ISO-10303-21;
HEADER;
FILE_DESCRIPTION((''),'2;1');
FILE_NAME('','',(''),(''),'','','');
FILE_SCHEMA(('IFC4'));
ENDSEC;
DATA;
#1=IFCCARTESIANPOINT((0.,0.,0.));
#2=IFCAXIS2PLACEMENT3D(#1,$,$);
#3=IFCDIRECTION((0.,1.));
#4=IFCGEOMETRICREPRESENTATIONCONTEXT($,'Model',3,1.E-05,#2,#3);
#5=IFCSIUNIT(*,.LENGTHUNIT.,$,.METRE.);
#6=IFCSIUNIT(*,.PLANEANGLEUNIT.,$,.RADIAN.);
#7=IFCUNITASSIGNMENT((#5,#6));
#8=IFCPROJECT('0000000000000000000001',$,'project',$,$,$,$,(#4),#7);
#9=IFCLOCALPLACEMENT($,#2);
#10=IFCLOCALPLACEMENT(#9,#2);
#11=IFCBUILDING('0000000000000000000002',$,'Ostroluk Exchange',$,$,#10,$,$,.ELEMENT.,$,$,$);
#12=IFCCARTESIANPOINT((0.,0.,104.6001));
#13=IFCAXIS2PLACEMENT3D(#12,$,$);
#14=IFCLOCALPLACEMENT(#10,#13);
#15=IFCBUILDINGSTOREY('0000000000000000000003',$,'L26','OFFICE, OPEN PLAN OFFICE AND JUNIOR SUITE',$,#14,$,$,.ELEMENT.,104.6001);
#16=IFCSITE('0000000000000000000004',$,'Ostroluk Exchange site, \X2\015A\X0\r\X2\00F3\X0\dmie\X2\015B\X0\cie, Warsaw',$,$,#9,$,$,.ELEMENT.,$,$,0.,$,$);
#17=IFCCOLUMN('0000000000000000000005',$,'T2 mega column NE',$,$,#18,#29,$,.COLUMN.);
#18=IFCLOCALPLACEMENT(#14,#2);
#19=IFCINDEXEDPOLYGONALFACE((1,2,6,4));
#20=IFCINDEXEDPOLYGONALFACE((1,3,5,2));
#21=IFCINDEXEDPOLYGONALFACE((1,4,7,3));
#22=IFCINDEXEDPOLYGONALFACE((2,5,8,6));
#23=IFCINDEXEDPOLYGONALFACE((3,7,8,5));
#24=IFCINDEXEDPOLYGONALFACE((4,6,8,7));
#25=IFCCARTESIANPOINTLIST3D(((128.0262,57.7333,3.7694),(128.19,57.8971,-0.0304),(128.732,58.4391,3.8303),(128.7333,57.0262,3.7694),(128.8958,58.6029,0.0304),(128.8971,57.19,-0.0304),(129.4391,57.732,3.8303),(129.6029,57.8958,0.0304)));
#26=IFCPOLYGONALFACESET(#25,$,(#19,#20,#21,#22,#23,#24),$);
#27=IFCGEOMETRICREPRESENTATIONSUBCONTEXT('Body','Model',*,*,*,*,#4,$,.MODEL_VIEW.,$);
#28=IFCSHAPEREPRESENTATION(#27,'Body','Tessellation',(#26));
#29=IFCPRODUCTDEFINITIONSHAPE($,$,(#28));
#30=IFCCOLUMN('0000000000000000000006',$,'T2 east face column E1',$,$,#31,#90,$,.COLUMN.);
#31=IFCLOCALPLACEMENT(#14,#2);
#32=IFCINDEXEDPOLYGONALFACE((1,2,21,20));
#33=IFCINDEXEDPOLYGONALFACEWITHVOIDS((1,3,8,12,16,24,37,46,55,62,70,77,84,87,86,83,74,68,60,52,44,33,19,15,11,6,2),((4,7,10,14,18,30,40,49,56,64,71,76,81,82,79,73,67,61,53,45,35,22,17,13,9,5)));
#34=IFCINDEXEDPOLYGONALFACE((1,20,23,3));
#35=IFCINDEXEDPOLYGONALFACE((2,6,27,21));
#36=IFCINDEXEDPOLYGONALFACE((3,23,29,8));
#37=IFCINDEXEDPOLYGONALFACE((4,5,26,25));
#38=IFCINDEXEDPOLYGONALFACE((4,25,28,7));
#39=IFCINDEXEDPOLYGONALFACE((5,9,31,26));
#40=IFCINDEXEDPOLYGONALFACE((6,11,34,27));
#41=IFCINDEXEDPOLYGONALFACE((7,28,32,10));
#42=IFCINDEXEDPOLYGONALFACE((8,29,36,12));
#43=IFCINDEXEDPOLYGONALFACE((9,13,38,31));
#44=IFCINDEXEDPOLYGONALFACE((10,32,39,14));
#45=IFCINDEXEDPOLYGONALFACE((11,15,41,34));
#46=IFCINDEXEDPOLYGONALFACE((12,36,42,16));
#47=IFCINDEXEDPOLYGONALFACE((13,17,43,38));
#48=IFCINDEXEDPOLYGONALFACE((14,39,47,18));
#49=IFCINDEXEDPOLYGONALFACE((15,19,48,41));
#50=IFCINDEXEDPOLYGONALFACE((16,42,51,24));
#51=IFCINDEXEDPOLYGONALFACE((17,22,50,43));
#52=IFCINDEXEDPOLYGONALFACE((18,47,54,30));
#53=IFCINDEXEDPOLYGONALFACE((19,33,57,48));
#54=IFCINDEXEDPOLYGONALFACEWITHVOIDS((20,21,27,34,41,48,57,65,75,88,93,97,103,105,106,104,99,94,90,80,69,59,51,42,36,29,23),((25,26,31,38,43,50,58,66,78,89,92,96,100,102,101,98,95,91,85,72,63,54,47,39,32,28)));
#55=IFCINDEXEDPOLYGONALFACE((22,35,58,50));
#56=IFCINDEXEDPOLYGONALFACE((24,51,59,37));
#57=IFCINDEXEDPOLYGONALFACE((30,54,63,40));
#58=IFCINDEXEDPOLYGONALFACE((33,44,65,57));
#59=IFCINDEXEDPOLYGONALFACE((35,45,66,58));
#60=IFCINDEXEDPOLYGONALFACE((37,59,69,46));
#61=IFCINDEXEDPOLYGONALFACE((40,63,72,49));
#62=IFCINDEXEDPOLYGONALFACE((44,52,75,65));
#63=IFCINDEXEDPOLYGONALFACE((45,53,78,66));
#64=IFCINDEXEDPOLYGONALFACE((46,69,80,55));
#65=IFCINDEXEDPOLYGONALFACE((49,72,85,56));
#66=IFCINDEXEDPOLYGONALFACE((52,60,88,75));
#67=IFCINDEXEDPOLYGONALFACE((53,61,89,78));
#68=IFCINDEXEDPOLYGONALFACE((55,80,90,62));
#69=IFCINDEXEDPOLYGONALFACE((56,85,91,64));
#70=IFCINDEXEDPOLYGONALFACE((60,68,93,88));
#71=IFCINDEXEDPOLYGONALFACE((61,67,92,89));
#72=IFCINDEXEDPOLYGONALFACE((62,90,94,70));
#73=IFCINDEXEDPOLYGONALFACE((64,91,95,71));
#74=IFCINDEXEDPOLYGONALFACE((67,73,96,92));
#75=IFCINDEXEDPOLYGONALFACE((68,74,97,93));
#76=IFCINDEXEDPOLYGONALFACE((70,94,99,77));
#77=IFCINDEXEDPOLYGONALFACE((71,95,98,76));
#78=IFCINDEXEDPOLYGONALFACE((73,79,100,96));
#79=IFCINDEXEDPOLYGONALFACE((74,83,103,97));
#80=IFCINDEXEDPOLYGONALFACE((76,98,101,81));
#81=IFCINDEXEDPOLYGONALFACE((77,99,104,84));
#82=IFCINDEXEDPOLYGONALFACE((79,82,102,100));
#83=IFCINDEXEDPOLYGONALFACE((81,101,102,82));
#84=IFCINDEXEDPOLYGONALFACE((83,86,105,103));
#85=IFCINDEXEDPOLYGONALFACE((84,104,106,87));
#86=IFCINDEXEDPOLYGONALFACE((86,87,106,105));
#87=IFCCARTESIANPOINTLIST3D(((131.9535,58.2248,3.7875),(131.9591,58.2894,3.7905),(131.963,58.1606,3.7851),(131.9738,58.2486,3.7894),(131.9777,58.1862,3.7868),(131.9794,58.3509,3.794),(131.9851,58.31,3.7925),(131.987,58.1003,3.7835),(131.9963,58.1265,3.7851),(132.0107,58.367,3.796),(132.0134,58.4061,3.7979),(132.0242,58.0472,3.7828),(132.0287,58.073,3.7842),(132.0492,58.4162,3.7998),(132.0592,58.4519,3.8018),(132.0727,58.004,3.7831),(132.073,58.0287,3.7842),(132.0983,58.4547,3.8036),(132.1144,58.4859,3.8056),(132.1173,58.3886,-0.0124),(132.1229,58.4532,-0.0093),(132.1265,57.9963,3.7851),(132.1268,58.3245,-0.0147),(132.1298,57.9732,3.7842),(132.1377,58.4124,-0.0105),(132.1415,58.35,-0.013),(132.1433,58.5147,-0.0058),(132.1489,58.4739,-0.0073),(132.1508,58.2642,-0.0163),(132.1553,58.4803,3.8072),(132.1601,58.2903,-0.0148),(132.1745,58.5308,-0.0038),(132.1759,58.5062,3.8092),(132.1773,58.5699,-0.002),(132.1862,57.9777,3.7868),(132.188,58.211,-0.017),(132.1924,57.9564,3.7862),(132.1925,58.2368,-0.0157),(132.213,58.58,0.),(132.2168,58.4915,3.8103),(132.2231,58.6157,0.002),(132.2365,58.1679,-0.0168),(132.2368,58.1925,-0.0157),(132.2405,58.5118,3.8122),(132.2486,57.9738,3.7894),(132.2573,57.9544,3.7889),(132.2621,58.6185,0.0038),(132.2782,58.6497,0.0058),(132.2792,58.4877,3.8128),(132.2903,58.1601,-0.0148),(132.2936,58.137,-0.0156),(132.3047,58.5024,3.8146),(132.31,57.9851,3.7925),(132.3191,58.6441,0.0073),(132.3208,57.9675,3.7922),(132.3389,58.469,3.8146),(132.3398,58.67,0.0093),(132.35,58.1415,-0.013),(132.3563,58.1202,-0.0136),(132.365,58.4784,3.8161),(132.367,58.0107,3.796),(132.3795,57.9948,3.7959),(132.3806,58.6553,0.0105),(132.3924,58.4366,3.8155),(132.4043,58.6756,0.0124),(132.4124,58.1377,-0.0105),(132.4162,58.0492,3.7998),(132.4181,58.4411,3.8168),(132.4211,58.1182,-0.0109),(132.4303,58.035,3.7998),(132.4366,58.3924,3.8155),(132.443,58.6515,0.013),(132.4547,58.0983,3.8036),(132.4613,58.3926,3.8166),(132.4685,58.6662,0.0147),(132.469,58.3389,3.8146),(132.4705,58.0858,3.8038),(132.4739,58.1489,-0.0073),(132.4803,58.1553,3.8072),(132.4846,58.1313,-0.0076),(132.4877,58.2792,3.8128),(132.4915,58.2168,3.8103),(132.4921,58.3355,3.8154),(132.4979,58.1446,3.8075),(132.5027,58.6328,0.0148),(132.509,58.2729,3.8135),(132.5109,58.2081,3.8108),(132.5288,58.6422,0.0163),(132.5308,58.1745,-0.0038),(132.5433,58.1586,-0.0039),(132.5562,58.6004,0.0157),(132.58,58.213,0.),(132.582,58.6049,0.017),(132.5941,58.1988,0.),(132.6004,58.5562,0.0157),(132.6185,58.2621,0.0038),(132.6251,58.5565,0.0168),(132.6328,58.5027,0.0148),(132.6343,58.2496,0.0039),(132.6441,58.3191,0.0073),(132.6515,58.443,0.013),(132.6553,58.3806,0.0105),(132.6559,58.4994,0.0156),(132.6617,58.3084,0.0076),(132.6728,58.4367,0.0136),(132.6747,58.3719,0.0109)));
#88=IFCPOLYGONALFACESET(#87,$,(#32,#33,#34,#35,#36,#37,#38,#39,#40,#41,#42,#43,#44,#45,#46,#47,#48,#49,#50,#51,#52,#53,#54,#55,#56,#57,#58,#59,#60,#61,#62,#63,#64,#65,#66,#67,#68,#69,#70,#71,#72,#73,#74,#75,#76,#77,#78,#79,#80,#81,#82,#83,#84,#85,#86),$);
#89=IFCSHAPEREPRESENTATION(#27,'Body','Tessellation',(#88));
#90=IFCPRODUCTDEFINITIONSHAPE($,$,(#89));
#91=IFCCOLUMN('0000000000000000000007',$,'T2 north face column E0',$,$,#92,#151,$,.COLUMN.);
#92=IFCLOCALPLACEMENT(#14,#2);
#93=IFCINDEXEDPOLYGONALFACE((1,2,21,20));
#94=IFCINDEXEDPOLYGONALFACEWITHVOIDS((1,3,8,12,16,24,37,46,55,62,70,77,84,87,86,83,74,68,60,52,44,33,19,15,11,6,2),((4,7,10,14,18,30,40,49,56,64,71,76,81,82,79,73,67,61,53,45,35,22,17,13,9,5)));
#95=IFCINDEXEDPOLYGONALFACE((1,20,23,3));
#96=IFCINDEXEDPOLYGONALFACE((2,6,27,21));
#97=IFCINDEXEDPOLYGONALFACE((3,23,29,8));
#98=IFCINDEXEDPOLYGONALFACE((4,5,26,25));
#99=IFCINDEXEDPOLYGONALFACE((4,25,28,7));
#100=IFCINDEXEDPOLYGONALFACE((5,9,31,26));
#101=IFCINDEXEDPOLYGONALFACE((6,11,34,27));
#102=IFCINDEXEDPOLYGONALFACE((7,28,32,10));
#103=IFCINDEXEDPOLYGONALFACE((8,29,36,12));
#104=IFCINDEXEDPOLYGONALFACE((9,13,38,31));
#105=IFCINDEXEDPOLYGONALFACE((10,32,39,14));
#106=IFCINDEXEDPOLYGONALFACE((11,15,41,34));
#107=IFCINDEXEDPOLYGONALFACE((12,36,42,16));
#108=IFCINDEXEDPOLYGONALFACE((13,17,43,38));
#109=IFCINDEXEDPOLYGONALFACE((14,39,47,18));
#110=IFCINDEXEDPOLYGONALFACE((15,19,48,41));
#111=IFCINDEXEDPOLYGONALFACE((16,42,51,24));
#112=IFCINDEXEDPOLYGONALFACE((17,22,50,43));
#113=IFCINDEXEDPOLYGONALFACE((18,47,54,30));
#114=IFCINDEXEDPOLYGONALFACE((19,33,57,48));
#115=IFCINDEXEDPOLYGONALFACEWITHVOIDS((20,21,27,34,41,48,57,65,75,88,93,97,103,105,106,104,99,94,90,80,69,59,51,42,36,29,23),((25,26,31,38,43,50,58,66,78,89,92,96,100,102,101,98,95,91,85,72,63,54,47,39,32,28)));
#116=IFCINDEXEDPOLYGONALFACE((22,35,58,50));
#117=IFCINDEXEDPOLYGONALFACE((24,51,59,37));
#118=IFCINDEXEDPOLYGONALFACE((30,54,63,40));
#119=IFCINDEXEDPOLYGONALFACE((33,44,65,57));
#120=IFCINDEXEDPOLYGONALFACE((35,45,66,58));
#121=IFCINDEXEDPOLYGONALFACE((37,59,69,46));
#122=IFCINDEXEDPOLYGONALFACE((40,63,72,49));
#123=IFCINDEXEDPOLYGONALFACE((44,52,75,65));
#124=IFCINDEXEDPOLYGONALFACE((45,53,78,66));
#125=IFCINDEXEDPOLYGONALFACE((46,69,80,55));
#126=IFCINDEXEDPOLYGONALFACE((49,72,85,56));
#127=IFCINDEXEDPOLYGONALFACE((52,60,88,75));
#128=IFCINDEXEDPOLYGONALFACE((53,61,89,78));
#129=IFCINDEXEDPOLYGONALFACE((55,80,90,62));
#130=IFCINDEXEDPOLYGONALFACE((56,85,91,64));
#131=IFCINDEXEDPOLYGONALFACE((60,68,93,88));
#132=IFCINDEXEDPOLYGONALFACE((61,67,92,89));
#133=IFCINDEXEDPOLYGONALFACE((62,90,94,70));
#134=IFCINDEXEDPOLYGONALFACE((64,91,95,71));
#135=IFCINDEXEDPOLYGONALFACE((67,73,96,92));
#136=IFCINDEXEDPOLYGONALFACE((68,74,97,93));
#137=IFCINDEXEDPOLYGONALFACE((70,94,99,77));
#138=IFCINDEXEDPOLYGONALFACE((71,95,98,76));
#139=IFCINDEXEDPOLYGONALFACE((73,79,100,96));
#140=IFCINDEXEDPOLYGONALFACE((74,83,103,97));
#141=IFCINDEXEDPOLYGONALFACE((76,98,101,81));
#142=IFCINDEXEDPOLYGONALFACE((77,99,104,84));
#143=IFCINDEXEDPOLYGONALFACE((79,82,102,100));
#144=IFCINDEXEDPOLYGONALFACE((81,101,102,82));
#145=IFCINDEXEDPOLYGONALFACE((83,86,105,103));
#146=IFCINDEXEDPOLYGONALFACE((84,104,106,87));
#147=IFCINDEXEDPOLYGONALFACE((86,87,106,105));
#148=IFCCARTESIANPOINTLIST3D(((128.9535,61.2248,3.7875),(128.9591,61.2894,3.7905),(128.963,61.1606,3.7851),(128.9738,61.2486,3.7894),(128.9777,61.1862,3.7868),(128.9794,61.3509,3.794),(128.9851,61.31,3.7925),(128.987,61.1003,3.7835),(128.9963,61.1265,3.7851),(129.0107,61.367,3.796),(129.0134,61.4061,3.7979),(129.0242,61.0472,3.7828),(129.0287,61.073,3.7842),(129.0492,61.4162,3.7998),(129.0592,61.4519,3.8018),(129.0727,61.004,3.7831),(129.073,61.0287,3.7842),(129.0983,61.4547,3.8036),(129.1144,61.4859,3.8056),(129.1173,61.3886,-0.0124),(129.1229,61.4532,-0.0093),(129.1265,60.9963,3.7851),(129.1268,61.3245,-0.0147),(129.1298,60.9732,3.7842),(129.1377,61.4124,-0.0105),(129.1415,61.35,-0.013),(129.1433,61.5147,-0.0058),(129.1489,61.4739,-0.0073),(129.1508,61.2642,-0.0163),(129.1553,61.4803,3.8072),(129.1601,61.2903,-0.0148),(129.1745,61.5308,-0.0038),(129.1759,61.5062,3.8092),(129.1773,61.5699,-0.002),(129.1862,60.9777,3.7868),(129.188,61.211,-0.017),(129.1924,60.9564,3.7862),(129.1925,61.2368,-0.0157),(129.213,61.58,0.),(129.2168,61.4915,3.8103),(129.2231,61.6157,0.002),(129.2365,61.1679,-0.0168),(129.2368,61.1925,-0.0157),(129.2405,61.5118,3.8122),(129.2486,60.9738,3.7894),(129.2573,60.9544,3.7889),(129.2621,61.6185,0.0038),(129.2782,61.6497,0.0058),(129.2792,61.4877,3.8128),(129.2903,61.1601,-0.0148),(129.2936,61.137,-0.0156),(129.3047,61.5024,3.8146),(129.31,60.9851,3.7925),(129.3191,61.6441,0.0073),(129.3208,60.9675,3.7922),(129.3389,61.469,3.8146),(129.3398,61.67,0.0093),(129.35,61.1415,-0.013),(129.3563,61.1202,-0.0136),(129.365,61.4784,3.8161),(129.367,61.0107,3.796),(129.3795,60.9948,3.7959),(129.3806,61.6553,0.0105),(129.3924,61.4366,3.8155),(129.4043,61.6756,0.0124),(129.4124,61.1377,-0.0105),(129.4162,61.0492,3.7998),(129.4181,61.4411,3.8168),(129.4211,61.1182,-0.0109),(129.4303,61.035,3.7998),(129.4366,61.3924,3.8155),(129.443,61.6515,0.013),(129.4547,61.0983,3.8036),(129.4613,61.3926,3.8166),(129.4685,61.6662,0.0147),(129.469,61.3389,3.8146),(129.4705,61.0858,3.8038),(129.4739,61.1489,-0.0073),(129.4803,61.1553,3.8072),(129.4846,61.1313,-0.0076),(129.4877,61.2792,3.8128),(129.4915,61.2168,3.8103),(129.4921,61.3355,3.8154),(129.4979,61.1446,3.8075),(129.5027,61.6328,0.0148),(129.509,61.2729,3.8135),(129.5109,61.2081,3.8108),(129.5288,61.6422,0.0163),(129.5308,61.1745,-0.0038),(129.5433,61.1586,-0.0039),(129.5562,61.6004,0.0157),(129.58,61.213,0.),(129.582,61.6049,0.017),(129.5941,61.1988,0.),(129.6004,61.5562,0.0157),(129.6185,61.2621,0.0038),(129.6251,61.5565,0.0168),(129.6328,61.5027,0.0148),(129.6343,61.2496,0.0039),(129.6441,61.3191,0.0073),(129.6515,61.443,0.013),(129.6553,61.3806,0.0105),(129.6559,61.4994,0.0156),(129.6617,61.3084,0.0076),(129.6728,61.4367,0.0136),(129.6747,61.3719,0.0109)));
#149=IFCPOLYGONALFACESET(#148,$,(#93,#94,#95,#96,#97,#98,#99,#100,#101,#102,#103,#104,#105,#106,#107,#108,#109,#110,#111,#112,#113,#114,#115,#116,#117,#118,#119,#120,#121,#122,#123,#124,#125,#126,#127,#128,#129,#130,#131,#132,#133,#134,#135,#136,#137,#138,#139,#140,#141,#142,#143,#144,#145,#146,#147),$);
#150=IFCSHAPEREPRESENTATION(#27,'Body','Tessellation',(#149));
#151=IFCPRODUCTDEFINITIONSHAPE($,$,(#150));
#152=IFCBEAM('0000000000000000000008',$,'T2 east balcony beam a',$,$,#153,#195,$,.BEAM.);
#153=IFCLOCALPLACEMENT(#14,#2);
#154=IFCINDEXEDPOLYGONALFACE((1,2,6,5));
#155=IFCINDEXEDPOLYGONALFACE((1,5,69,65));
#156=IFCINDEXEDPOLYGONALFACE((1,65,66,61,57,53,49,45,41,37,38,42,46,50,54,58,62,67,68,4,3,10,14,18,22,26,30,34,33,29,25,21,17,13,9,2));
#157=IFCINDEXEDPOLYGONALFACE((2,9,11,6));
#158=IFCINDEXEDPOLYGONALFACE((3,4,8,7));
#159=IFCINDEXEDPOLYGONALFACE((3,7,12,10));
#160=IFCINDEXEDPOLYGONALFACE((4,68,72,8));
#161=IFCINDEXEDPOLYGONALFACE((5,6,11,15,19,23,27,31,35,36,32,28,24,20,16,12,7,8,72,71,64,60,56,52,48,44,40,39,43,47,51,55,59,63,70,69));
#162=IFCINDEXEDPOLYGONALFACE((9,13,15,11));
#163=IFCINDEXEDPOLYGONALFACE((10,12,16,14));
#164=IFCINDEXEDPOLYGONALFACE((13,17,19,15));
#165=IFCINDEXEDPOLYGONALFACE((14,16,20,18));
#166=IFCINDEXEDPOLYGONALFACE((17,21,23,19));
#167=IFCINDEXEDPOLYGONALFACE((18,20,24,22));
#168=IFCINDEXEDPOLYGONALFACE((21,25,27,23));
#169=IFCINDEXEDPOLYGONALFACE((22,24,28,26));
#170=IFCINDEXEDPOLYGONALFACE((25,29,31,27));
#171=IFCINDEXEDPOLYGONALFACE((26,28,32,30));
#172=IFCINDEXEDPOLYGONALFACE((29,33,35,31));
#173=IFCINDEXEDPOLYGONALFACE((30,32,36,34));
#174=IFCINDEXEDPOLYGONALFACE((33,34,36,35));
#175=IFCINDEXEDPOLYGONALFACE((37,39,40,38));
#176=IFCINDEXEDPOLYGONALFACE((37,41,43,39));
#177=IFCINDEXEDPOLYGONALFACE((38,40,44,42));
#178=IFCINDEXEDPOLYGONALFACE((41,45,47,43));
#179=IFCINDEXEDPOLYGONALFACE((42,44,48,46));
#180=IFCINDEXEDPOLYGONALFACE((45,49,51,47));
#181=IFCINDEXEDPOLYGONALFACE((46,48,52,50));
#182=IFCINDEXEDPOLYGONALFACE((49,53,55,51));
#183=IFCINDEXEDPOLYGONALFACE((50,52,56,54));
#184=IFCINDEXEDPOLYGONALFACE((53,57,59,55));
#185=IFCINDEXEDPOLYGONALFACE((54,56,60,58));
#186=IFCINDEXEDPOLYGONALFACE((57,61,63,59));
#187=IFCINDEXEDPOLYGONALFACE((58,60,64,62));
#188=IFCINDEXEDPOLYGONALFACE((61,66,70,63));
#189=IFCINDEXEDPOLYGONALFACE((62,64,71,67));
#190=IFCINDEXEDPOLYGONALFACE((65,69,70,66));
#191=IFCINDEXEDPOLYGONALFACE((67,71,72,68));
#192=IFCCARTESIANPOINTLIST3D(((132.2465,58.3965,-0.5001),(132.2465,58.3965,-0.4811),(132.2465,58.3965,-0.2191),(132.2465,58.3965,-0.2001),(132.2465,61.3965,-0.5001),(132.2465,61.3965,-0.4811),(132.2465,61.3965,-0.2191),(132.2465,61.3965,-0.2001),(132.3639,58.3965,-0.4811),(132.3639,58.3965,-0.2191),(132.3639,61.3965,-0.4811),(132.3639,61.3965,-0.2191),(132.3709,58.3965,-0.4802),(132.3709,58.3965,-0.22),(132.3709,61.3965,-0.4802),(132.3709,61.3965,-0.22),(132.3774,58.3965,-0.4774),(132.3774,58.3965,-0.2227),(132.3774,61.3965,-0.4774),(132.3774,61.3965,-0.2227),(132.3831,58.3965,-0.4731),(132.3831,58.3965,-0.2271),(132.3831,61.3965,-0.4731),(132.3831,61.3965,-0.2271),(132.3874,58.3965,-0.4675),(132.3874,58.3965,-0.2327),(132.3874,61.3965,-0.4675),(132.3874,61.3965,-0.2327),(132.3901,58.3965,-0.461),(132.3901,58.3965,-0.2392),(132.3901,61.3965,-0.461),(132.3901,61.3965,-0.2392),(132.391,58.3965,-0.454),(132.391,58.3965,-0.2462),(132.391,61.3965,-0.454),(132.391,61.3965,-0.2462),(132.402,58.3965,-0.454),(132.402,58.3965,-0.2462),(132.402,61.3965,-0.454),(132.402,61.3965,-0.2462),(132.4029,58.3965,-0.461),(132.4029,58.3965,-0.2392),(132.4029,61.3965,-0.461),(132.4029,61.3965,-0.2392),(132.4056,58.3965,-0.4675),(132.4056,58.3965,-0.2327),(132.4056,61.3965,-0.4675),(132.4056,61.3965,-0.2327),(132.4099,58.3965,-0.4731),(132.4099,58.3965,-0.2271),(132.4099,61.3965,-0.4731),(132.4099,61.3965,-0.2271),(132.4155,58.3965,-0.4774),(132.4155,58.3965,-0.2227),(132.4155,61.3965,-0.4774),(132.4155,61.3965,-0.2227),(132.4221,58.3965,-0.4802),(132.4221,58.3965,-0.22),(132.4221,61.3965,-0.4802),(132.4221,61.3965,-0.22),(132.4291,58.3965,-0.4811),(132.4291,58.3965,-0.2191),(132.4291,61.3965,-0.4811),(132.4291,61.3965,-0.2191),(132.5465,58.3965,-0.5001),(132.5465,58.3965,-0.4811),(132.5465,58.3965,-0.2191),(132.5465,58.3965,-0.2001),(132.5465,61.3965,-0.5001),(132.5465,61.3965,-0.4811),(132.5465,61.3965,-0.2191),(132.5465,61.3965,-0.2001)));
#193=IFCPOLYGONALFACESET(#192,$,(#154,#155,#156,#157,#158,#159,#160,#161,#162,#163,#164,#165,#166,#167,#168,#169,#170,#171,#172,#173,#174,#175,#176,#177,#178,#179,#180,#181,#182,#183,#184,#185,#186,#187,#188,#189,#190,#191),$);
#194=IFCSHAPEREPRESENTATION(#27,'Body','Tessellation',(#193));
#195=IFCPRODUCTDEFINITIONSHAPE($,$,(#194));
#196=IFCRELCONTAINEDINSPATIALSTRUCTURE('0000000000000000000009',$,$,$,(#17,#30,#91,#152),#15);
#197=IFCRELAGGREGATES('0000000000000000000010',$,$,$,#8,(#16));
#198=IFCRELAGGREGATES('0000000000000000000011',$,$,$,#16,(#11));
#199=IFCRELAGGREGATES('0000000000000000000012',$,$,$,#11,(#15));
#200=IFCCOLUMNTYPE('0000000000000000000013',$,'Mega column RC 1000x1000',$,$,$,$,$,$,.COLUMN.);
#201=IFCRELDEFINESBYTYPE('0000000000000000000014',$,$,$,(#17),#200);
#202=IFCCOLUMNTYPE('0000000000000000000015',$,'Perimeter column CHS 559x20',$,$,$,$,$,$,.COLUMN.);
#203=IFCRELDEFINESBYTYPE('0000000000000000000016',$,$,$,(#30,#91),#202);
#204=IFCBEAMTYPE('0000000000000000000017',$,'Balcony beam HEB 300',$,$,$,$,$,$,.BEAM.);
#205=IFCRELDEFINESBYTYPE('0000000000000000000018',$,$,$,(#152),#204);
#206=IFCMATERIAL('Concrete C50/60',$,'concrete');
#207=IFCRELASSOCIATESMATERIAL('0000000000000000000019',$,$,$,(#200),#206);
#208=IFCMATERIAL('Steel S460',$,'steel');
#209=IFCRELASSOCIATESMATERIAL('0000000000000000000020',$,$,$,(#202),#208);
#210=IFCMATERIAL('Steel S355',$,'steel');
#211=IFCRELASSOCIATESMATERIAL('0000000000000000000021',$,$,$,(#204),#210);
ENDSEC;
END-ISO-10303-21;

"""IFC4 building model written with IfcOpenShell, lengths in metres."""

from ifc_helpers import new_model, si_unit, direction, frame, origin, origin_2d, place, context, subcontext, project, spatial, rectangle, hollow_circle, i_section, extrude, material, material_profile, profile_set, type_object, element, save


model = new_model("IFC4")

# Units and contexts
model_context = context("Model", 3, precision=1e-05, world=origin(), true_north=direction((0.0, 1.0)))
body_context = subcontext(model_context, "Body", "Model", "MODEL_VIEW")
ifc_project = project(units=[si_unit("LENGTHUNIT", "METRE"), si_unit("PLANEANGLEUNIT", "RADIAN")], contexts=[model_context])

# Site, building, storey
site_placement = place(None, origin())
site = spatial("IfcSite", under=ifc_project, at=site_placement, Name="Ostroluk Exchange site, Śródmieście, Warsaw", CompositionType="ELEMENT", RefElevation=0.0)
building_placement = place(site_placement, origin())
building = spatial("IfcBuilding", under=site, at=building_placement, Name="Ostroluk Exchange", CompositionType="ELEMENT")
storey_placement = place(building_placement, frame((0.0, 0.0, 104.6001)))
storey = spatial("IfcBuildingStorey", under=building, at=storey_placement, Name="L26", Description="OFFICE, OPEN PLAN OFFICE AND JUNIOR SUITE", CompositionType="ELEMENT", Elevation=104.6001)

# Columns
ifc_material_1 = material(Name="Concrete C50/60", Category="concrete")
ifc_material_profile_1 = material_profile(ifc_material_1, rectangle(XDim=1.0, YDim=1.0, at=origin_2d()), Name="RC 1000x1000")
ifc_profile_set_1 = profile_set([ifc_material_profile_1], Name="Concrete C50/60")
column_type_1 = type_object("IfcColumnType", Name="Mega column RC 1000x1000", PredefinedType="COLUMN", material=ifc_profile_set_1)
column_placement = place(storey_placement, frame((128.8965, 57.8965, 0.0), z_axis=(-0.043032, -0.043032, 0.998146), x_axis=(0.707107, -0.707107, 0.0)))
element("IfcColumn", 1, at=column_placement, inside=storey, type_object=column_type_1, Name="T2 mega column NE", PredefinedType="COLUMN", context=body_context, shape_type="SweptSolid", body=[
    extrude(rectangle(XDim=1.0, YDim=1.0, at=origin_2d()), origin(), (0.0, 0.0, 1.0), 3.8069),
])
ifc_material_2 = material(Name="Steel S460", Category="steel")
ifc_material_profile_2 = material_profile(ifc_material_2, hollow_circle(Radius=0.2795, WallThickness=0.02, at=origin_2d()), Name="CHS 559x20")
ifc_profile_set_2 = profile_set([ifc_material_profile_2], Name="Steel S460")
column_type_2 = type_object("IfcColumnType", Name="Perimeter column CHS 559x20", PredefinedType="COLUMN", material=ifc_profile_set_2)
for number, where, z_axis, x_axis, name in (
    (2, (132.3965, 58.3965, 0.0), (-0.043032, -0.043032, 0.998146), (0.707107, -0.707107, 0.0), "T2 east face column E1"),
    (3, (129.3965, 61.3965, 0.0), (-0.043032, -0.043032, 0.998146), (0.707107, -0.707107, 0.0), "T2 north face column E0"),
):
    element("IfcColumn", number, at=place(storey_placement, frame(where, z_axis=z_axis, x_axis=x_axis)), inside=storey, type_object=column_type_2, Name=name, PredefinedType="COLUMN", context=body_context, shape_type="SweptSolid", body=[
        extrude(hollow_circle(Radius=0.2795, WallThickness=0.02, at=origin_2d()), origin(), (0.0, 0.0, 1.0), 3.8069),
    ])

# Beam
ifc_material_3 = material(Name="Steel S355", Category="steel")
ifc_material_profile_3 = material_profile(ifc_material_3, i_section(OverallWidth=0.3, OverallDepth=0.3, WebThickness=0.011, FlangeThickness=0.019, FilletRadius=0.0271, at=origin_2d()), Name="HEB 300")
ifc_profile_set_3 = profile_set([ifc_material_profile_3], Name="Steel S355")
beam_type_1 = type_object("IfcBeamType", Name="Balcony beam HEB 300", PredefinedType="BEAM", material=ifc_profile_set_3)
for number, where, z_axis, x_axis, name in (
    (4, (132.3965, 58.3965, -0.3501), (0.0, 1.0, 0.0), (-1.0, 0.0, 0.0), "T2 east balcony beam a"),
):
    element("IfcBeam", number, at=place(storey_placement, frame(where, z_axis=z_axis, x_axis=x_axis)), inside=storey, type_object=beam_type_1, Name=name, PredefinedType="BEAM", context=body_context, shape_type="SweptSolid", body=[
        extrude(i_section(OverallWidth=0.3, OverallDepth=0.3, WebThickness=0.011, FlangeThickness=0.019, FilletRadius=0.0271, at=origin_2d()), origin(), (0.0, 0.0, 1.0), 3.0),
    ])

save(model, "model.ifc")
